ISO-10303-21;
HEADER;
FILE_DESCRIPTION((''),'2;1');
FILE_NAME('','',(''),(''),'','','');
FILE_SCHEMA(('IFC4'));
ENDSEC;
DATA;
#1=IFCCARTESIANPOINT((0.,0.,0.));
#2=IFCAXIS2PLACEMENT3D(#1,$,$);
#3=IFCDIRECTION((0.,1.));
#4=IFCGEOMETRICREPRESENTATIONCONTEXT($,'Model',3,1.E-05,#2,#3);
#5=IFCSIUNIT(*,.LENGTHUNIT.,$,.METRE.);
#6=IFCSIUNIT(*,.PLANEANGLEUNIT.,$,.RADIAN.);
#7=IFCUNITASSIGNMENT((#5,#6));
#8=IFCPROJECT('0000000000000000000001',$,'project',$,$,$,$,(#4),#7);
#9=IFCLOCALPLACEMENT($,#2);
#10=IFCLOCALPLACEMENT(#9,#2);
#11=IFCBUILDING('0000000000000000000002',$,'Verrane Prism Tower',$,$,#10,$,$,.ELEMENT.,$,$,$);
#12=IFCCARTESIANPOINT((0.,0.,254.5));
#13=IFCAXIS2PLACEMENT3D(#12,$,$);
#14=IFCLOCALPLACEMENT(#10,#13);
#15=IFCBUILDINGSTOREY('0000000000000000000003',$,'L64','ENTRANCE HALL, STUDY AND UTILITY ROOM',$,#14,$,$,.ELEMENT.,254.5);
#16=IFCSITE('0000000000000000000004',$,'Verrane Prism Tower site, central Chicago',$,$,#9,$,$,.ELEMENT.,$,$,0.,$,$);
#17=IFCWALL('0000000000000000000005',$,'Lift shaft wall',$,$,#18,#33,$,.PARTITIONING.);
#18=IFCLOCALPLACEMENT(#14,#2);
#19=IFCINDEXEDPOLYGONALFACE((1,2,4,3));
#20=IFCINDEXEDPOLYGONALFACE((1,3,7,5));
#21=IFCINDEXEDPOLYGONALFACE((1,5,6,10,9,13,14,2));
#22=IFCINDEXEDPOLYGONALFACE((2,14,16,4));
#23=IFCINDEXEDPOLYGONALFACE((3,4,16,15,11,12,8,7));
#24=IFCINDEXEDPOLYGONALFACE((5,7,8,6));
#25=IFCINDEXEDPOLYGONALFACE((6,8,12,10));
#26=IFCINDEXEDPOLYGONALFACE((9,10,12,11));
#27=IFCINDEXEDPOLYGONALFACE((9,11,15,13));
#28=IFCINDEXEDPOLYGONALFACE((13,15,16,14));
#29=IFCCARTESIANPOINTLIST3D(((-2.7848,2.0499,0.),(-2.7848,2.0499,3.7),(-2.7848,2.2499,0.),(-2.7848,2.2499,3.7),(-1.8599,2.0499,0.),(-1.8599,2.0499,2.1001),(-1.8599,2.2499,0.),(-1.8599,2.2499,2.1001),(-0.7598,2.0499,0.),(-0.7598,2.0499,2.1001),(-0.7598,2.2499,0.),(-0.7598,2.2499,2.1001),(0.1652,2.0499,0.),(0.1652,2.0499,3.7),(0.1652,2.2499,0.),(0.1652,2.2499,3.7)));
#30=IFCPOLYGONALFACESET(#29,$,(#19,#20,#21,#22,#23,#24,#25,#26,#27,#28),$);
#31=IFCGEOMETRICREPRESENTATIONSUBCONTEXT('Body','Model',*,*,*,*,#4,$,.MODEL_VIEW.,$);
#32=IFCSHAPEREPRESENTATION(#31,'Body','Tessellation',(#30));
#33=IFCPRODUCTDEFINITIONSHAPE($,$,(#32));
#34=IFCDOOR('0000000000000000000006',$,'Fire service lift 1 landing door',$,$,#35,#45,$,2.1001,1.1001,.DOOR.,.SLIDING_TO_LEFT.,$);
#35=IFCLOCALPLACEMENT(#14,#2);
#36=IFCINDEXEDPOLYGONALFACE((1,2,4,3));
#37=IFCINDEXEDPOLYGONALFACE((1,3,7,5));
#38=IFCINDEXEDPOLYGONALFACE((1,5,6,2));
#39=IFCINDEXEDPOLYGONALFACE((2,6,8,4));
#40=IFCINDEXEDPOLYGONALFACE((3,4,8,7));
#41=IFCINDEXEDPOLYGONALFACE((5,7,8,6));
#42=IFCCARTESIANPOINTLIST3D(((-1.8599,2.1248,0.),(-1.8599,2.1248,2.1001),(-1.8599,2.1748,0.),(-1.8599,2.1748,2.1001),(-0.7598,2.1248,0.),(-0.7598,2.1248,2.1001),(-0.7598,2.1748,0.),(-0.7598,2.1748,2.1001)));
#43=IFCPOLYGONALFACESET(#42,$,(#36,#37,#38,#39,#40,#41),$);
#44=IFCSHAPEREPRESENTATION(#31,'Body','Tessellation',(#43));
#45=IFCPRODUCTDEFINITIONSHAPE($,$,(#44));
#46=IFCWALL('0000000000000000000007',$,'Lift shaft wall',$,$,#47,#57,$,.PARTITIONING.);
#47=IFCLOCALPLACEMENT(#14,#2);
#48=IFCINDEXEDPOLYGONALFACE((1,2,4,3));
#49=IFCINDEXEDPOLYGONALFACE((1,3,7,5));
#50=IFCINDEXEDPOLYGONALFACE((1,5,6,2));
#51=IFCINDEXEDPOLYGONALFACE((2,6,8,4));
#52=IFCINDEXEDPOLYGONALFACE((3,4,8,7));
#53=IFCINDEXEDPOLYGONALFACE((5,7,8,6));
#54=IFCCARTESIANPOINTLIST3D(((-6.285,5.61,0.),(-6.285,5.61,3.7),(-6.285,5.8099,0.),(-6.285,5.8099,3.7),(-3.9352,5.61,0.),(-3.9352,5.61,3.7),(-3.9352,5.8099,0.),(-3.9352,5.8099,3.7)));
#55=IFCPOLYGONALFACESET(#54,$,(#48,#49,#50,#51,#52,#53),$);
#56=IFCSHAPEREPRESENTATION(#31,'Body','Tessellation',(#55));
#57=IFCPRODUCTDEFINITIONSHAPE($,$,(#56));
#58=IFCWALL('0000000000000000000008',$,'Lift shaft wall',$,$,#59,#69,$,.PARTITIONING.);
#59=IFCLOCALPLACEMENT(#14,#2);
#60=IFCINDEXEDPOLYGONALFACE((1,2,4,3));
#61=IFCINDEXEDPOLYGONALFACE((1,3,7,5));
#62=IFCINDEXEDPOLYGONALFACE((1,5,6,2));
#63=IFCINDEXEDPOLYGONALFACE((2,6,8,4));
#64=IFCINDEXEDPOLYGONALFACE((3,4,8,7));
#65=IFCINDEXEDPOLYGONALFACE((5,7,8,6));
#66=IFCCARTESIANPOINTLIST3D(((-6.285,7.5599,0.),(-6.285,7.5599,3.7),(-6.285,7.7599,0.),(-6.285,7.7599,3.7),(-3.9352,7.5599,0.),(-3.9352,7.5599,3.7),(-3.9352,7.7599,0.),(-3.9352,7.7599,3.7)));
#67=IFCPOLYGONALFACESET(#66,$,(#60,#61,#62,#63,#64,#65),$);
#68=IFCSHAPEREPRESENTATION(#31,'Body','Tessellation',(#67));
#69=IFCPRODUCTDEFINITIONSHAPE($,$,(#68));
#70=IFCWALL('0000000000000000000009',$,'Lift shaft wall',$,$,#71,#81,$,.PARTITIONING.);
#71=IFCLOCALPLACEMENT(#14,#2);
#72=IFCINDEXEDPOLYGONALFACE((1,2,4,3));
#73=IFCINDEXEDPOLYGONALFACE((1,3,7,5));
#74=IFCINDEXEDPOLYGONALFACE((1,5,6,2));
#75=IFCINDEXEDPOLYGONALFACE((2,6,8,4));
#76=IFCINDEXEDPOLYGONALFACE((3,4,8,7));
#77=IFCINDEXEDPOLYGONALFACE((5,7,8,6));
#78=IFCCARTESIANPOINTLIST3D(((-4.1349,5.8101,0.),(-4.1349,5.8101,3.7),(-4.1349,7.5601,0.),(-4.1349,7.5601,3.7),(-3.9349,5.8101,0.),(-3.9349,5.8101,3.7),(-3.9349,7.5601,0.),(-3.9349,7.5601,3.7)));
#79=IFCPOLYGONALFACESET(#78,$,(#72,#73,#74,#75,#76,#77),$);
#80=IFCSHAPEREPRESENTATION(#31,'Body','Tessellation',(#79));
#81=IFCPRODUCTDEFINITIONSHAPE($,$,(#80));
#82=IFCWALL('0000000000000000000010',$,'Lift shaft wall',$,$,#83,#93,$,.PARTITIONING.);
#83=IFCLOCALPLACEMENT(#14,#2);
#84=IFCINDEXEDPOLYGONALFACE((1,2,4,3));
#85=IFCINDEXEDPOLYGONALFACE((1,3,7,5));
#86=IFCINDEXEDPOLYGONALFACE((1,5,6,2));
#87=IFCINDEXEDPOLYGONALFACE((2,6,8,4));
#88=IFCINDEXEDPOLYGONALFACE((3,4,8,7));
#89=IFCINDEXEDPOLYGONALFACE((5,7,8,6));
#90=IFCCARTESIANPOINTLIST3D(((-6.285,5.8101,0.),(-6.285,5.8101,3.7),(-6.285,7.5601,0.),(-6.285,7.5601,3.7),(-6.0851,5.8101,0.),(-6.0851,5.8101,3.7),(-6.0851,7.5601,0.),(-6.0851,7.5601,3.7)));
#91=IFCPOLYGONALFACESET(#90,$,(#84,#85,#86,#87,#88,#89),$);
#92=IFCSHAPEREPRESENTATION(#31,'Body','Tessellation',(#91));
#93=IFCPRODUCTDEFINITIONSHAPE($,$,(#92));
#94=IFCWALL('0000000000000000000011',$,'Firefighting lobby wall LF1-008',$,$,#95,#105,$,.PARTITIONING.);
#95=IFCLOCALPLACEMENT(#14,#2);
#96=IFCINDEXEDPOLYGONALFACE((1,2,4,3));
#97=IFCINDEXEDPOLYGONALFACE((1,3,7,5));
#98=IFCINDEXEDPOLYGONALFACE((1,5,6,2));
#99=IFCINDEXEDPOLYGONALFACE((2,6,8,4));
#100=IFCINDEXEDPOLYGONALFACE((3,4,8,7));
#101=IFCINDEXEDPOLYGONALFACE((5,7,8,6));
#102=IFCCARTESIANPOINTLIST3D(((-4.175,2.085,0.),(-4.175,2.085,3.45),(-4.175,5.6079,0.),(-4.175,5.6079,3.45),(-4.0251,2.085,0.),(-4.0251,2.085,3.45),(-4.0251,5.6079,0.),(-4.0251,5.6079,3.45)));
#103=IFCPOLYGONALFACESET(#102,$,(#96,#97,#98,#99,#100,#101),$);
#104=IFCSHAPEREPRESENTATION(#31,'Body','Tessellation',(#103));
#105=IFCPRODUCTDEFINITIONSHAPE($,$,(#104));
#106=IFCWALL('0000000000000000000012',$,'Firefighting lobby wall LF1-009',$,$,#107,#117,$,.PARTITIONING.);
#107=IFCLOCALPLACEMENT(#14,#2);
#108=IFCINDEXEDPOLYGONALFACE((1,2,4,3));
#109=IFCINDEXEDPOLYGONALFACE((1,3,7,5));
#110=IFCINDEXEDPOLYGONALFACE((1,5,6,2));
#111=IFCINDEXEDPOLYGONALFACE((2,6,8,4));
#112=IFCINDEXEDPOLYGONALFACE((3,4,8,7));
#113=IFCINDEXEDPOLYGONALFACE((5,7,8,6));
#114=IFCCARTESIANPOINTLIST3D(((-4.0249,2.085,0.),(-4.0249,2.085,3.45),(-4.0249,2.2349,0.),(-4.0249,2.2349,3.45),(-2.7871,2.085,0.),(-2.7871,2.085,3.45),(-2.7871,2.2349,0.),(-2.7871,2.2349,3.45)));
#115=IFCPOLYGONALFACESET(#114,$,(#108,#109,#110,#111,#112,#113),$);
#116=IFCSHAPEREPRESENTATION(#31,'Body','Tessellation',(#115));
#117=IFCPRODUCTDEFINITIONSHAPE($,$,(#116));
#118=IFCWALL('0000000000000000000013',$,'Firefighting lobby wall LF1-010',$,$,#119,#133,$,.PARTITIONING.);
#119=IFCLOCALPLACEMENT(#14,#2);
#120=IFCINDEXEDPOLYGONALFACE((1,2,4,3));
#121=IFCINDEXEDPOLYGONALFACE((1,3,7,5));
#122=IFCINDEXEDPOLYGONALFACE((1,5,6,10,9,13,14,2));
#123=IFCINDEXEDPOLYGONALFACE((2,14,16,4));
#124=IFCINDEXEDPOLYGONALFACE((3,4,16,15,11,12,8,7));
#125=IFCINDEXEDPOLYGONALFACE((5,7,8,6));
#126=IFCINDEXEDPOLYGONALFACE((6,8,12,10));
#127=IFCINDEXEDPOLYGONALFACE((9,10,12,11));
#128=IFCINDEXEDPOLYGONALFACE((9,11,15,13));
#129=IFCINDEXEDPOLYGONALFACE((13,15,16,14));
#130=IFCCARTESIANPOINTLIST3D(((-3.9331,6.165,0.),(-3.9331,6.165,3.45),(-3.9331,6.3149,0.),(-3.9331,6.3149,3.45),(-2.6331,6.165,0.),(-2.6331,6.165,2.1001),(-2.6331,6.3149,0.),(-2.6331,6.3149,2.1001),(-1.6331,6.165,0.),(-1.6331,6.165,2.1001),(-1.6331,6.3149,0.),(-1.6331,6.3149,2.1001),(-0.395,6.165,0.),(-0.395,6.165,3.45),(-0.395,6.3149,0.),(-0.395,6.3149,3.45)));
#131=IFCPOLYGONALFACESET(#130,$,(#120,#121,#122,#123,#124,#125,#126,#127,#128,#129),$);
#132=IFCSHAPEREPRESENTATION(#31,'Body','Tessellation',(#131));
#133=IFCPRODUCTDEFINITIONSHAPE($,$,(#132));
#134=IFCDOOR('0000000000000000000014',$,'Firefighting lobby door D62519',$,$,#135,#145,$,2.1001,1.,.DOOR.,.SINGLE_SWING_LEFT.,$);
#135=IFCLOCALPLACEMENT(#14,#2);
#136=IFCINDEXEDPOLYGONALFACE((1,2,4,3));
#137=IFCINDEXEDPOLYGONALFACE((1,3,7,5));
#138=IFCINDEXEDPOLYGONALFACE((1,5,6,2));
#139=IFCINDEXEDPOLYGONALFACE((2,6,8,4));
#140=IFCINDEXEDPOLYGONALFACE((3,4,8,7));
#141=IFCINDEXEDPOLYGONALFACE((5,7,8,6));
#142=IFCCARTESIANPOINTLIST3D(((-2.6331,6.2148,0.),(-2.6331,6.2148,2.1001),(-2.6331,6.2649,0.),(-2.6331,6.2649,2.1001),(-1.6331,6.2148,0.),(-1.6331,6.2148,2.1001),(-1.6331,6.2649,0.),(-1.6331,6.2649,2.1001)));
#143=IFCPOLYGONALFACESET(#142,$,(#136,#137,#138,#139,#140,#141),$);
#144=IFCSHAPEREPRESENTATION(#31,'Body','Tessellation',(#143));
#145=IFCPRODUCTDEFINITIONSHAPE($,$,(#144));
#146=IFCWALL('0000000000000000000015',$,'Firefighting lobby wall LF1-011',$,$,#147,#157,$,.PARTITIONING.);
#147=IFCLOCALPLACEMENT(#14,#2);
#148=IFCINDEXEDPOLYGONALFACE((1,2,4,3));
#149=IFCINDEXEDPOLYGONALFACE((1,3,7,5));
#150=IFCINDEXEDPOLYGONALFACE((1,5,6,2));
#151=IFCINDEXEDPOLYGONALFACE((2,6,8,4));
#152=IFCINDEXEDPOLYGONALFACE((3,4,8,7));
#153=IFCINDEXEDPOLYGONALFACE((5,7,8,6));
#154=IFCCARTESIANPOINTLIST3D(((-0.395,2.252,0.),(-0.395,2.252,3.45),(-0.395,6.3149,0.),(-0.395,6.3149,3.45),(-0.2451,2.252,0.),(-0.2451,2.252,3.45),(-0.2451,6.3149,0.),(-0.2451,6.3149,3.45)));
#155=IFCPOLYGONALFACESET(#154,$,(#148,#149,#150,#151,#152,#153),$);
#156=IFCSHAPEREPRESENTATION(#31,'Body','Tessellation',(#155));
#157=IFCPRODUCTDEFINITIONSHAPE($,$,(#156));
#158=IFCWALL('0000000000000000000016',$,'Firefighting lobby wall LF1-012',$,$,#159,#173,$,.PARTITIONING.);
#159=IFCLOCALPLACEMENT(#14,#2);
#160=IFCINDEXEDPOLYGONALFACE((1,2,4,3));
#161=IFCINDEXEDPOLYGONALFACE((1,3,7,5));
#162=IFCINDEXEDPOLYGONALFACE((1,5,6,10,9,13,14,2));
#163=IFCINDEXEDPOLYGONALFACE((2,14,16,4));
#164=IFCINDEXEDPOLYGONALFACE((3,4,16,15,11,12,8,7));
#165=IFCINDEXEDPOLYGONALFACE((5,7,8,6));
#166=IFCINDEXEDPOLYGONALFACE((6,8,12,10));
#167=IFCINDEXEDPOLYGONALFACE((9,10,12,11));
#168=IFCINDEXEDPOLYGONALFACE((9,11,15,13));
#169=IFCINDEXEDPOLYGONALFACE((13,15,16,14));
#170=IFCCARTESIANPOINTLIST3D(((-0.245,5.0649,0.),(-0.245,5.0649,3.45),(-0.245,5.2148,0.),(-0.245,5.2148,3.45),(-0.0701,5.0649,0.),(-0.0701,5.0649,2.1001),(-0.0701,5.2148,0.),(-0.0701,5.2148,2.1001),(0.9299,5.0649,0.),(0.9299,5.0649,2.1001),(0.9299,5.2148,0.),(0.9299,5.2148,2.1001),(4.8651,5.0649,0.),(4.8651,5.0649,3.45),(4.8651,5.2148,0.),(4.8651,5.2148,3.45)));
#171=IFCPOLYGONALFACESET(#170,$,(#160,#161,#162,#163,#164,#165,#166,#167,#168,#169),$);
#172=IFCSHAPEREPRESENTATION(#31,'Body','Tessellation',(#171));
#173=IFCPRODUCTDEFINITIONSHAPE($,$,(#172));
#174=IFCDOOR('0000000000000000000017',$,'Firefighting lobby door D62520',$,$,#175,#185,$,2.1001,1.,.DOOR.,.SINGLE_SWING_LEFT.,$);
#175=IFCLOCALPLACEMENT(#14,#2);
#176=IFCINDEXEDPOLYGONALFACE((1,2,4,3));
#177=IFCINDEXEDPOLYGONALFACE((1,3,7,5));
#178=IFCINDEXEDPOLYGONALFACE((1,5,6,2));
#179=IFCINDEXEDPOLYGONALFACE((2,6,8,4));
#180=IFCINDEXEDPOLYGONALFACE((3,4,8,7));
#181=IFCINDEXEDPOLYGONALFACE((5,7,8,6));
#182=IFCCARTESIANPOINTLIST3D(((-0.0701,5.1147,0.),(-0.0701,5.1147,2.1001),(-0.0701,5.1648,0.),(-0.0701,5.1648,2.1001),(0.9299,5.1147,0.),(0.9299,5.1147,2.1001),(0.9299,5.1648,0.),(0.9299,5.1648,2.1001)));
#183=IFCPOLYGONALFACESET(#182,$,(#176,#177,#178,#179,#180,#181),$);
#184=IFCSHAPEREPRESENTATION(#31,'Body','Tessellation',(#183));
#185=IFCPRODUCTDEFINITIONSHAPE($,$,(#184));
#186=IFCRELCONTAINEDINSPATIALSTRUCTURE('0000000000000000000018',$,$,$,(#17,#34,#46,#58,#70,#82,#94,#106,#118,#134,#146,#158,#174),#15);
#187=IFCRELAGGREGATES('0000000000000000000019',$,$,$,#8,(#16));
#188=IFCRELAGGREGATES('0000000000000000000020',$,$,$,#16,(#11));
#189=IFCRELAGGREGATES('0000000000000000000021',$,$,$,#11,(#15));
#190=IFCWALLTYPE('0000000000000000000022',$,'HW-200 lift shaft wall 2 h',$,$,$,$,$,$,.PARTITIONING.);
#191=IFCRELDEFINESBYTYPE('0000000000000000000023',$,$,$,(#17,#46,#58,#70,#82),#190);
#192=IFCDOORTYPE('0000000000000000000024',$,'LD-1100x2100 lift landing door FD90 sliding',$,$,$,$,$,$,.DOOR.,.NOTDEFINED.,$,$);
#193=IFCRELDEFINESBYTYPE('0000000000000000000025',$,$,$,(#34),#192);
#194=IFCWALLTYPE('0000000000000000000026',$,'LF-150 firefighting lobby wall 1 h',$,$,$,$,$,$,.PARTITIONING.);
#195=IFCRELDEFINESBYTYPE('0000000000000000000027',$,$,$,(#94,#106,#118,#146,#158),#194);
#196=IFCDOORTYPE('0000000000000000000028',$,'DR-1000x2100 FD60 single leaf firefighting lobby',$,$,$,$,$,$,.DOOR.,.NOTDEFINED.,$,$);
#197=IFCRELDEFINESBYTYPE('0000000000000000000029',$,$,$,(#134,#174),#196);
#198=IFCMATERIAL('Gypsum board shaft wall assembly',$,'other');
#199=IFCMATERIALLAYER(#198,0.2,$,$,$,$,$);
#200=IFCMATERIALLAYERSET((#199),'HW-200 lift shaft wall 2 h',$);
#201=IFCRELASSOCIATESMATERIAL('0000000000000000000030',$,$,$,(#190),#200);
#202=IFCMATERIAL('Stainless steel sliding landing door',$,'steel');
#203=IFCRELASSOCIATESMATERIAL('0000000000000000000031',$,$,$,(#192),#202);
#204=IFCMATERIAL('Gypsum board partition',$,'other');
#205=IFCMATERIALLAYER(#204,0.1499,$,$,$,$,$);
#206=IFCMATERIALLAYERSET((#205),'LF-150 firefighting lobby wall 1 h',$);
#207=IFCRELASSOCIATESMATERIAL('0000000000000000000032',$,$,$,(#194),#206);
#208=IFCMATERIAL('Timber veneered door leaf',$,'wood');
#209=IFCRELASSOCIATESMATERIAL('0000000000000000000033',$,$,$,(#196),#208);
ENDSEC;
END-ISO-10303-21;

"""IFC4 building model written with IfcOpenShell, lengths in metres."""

from ifc_helpers import new_model, si_unit, direction, frame, frame_2d, origin, place, context, subcontext, project, spatial, rectangle, extrude, material, layer, layer_set, type_object, element, fill, save


model = new_model("IFC4")

# Units and contexts
model_context = context("Model", 3, precision=1e-05, world=origin(), true_north=direction((0.0, 1.0)))
body_context = subcontext(model_context, "Body", "Model", "MODEL_VIEW")
ifc_project = project(units=[si_unit("LENGTHUNIT", "METRE"), si_unit("PLANEANGLEUNIT", "RADIAN")], contexts=[model_context])

# Site, building, storey
site_placement = place(None, origin())
site = spatial("IfcSite", under=ifc_project, at=site_placement, Name="Verrane Prism Tower site, central Chicago", CompositionType="ELEMENT", RefElevation=0.0)
building_placement = place(site_placement, origin())
building = spatial("IfcBuilding", under=site, at=building_placement, Name="Verrane Prism Tower", CompositionType="ELEMENT")
storey_placement = place(building_placement, frame((0.0, 0.0, 254.5)))
storey = spatial("IfcBuildingStorey", under=building, at=storey_placement, Name="L64", Description="ENTRANCE HALL, STUDY AND UTILITY ROOM", CompositionType="ELEMENT", Elevation=254.5)

# Wall, opening, door
ifc_material_1 = material(Name="Gypsum board shaft wall assembly", Category="other")
ifc_layer_1 = layer(ifc_material_1, 0.2)
ifc_layer_set_1 = layer_set([ifc_layer_1], Name="HW-200 lift shaft wall 2 h")
wall_type_1 = type_object("IfcWallType", Name="HW-200 lift shaft wall 2 h", PredefinedType="PARTITIONING", material=ifc_layer_set_1)
wall_1_placement = place(storey_placement, frame((-2.7849, 2.1499, 0.0), z_axis=(0.0, 0.0, 1.0), x_axis=(1.0, 0.0, 0.0)))
wall_1 = element("IfcWall", 1, at=wall_1_placement, inside=storey, type_object=wall_type_1, Name="Lift shaft wall", PredefinedType="PARTITIONING", context=body_context, shape_type="SweptSolid", body=[
    extrude(rectangle(XDim=2.95, YDim=0.2, at=frame_2d((1.4751, 0.0))), origin(), (0.0, 0.0, 1.0), 3.7),
])
opening_1_placement = place(wall_1_placement, frame((0.925, 0.0, 0.0)))
opening_1 = element("IfcOpeningElement", 2, at=opening_1_placement, cuts=wall_1, PredefinedType="OPENING", context=body_context, shape_type="SweptSolid", body=[
    extrude(rectangle(XDim=1.1001, YDim=2.1001, at=frame_2d((0.55, 1.05))), frame((0.0, 0.1099, 0.0), z_axis=(0.0, -1.0, 0.0), x_axis=(1.0, 0.0, 0.0)), (0.0, 0.0, 1.0), 0.22),
])
ifc_material_2 = material(Name="Stainless steel sliding landing door", Category="steel")
door_type_1 = type_object("IfcDoorType", Name="LD-1100x2100 lift landing door FD90 sliding", OperationType="NOTDEFINED", PredefinedType="DOOR", material=ifc_material_2)
door_1_placement = place(opening_1_placement, origin())
door_1 = element("IfcDoor", 3, at=door_1_placement, inside=storey, type_object=door_type_1, Name="Fire service lift 1 landing door", OperationType="SLIDING_TO_LEFT", OverallHeight=2.1001, OverallWidth=1.1001, PredefinedType="DOOR", context=body_context, shape_type="SweptSolid", body=[
    extrude(rectangle(XDim=1.1001, YDim=2.1001, at=frame_2d((0.55, 1.05))), frame((0.0, 0.0249, 0.0), z_axis=(0.0, -1.0, 0.0), x_axis=(1.0, 0.0, 0.0)), (0.0, 0.0, 1.0), 0.05),
])
fill(opening_1, door_1)

# Walls
for number, where, z_axis, x_axis, name in (
    (4, (-6.2849, 5.71, 0.0), (0.0, 0.0, 1.0), (1.0, 0.0, 0.0), "Lift shaft wall"),
    (5, (-6.2849, 7.6599, 0.0), (0.0, 0.0, 1.0), (1.0, 0.0, 0.0), "Lift shaft wall"),
):
    element("IfcWall", number, at=place(storey_placement, frame(where, z_axis=z_axis, x_axis=x_axis)), inside=storey, type_object=wall_type_1, Name=name, PredefinedType="PARTITIONING", context=body_context, shape_type="SweptSolid", body=[
        extrude(rectangle(XDim=2.3499, YDim=0.2, at=frame_2d((1.1748, 0.0))), origin(), (0.0, 0.0, 1.0), 3.7),
    ])
for number, where, z_axis, x_axis, name in (
    (6, (-4.0349, 5.8101, 0.0), (0.0, 0.0, 1.0), (0.0, 1.0, 0.0), "Lift shaft wall"),
    (7, (-6.1851, 5.8101, 0.0), (0.0, 0.0, 1.0), (0.0, 1.0, 0.0), "Lift shaft wall"),
):
    element("IfcWall", number, at=place(storey_placement, frame(where, z_axis=z_axis, x_axis=x_axis)), inside=storey, type_object=wall_type_1, Name=name, PredefinedType="PARTITIONING", context=body_context, shape_type="SweptSolid", body=[
        extrude(rectangle(XDim=1.75, YDim=0.2, at=frame_2d((0.875, 0.0))), origin(), (0.0, 0.0, 1.0), 3.7),
    ])
ifc_material_3 = material(Name="Gypsum board partition", Category="other")
ifc_layer_2 = layer(ifc_material_3, 0.1499)
ifc_layer_set_2 = layer_set([ifc_layer_2], Name="LF-150 firefighting lobby wall 1 h")
wall_type_2 = type_object("IfcWallType", Name="LF-150 firefighting lobby wall 1 h", PredefinedType="PARTITIONING", material=ifc_layer_set_2)
wall_2_placement = place(storey_placement, frame((-4.1001, 2.085, 0.0), z_axis=(0.0, 0.0, 1.0), x_axis=(0.0, 1.0, 0.0)))
element("IfcWall", 8, at=wall_2_placement, inside=storey, type_object=wall_type_2, Name="Firefighting lobby wall LF1-008", PredefinedType="PARTITIONING", context=body_context, shape_type="SweptSolid", body=[
    extrude(rectangle(XDim=3.5229, YDim=0.1499, at=frame_2d((1.7615, 0.0))), origin(), (0.0, 0.0, 1.0), 3.45),
])
wall_3_placement = place(storey_placement, frame((-4.0249, 2.1599, 0.0), z_axis=(0.0, 0.0, 1.0), x_axis=(1.0, 0.0, 0.0)))
element("IfcWall", 9, at=wall_3_placement, inside=storey, type_object=wall_type_2, Name="Firefighting lobby wall LF1-009", PredefinedType="PARTITIONING", context=body_context, shape_type="SweptSolid", body=[
    extrude(rectangle(XDim=1.2378, YDim=0.1499, at=frame_2d((0.6189, 0.0))), origin(), (0.0, 0.0, 1.0), 3.45),
])

# Wall, opening, door
wall_4_placement = place(storey_placement, frame((-3.9331, 6.24, 0.0), z_axis=(0.0, 0.0, 1.0), x_axis=(1.0, 0.0, 0.0)))
wall_4 = element("IfcWall", 10, at=wall_4_placement, inside=storey, type_object=wall_type_2, Name="Firefighting lobby wall LF1-010", PredefinedType="PARTITIONING", context=body_context, shape_type="SweptSolid", body=[
    extrude(rectangle(XDim=3.5381, YDim=0.1499, at=frame_2d((1.769, 0.0))), origin(), (0.0, 0.0, 1.0), 3.45),
])
opening_2_placement = place(wall_4_placement, frame((1.3, 0.0, 0.0)))
opening_2 = element("IfcOpeningElement", 11, at=opening_2_placement, cuts=wall_4, PredefinedType="OPENING", context=body_context, shape_type="SweptSolid", body=[
    extrude(rectangle(XDim=1.0, YDim=2.1001, at=frame_2d((0.5, 1.05))), frame((0.0, 0.085, 0.0), z_axis=(0.0, -1.0, 0.0), x_axis=(1.0, 0.0, 0.0)), (0.0, 0.0, 1.0), 0.1699),
])
ifc_material_4 = material(Name="Timber veneered door leaf", Category="wood")
door_type_2 = type_object("IfcDoorType", Name="DR-1000x2100 FD60 single leaf firefighting lobby", OperationType="NOTDEFINED", PredefinedType="DOOR", material=ifc_material_4)
door_2_placement = place(opening_2_placement, origin())
door_2 = element("IfcDoor", 12, at=door_2_placement, inside=storey, type_object=door_type_2, Name="Firefighting lobby door D62519", OperationType="SINGLE_SWING_LEFT", OverallHeight=2.1001, OverallWidth=1.0, PredefinedType="DOOR", context=body_context, shape_type="SweptSolid", body=[
    extrude(rectangle(XDim=1.0, YDim=2.1001, at=frame_2d((0.5, 1.05))), frame((0.0, 0.0249, 0.0), z_axis=(0.0, -1.0, 0.0), x_axis=(1.0, 0.0, 0.0)), (0.0, 0.0, 1.0), 0.05),
])
fill(opening_2, door_2)

# Wall
wall_5_placement = place(storey_placement, frame((-0.3201, 2.252, 0.0), z_axis=(0.0, 0.0, 1.0), x_axis=(0.0, 1.0, 0.0)))
element("IfcWall", 13, at=wall_5_placement, inside=storey, type_object=wall_type_2, Name="Firefighting lobby wall LF1-011", PredefinedType="PARTITIONING", context=body_context, shape_type="SweptSolid", body=[
    extrude(rectangle(XDim=4.063, YDim=0.1499, at=frame_2d((2.0315, 0.0))), origin(), (0.0, 0.0, 1.0), 3.45),
])

# Wall, opening, door
wall_6_placement = place(storey_placement, frame((-0.2451, 5.1399, 0.0), z_axis=(0.0, 0.0, 1.0), x_axis=(1.0, 0.0, 0.0)))
wall_6 = element("IfcWall", 14, at=wall_6_placement, inside=storey, type_object=wall_type_2, Name="Firefighting lobby wall LF1-012", PredefinedType="PARTITIONING", context=body_context, shape_type="SweptSolid", body=[
    extrude(rectangle(XDim=5.1101, YDim=0.1499, at=frame_2d((2.5552, 0.0))), origin(), (0.0, 0.0, 1.0), 3.45),
])
opening_3_placement = place(wall_6_placement, frame((0.175, 0.0, 0.0)))
opening_3 = element("IfcOpeningElement", 15, at=opening_3_placement, cuts=wall_6, PredefinedType="OPENING", context=body_context, shape_type="SweptSolid", body=[
    extrude(rectangle(XDim=1.0, YDim=2.1001, at=frame_2d((0.5, 1.05))), frame((0.0, 0.085, 0.0), z_axis=(0.0, -1.0, 0.0), x_axis=(1.0, 0.0, 0.0)), (0.0, 0.0, 1.0), 0.1699),
])
door_3_placement = place(opening_3_placement, origin())
door_3 = element("IfcDoor", 16, at=door_3_placement, inside=storey, type_object=door_type_2, Name="Firefighting lobby door D62520", OperationType="SINGLE_SWING_LEFT", OverallHeight=2.1001, OverallWidth=1.0, PredefinedType="DOOR", context=body_context, shape_type="SweptSolid", body=[
    extrude(rectangle(XDim=1.0, YDim=2.1001, at=frame_2d((0.5, 1.05))), frame((0.0, 0.0249, 0.0), z_axis=(0.0, -1.0, 0.0), x_axis=(1.0, 0.0, 0.0)), (0.0, 0.0, 1.0), 0.05),
])
fill(opening_3, door_3)

save(model, "model.ifc")
